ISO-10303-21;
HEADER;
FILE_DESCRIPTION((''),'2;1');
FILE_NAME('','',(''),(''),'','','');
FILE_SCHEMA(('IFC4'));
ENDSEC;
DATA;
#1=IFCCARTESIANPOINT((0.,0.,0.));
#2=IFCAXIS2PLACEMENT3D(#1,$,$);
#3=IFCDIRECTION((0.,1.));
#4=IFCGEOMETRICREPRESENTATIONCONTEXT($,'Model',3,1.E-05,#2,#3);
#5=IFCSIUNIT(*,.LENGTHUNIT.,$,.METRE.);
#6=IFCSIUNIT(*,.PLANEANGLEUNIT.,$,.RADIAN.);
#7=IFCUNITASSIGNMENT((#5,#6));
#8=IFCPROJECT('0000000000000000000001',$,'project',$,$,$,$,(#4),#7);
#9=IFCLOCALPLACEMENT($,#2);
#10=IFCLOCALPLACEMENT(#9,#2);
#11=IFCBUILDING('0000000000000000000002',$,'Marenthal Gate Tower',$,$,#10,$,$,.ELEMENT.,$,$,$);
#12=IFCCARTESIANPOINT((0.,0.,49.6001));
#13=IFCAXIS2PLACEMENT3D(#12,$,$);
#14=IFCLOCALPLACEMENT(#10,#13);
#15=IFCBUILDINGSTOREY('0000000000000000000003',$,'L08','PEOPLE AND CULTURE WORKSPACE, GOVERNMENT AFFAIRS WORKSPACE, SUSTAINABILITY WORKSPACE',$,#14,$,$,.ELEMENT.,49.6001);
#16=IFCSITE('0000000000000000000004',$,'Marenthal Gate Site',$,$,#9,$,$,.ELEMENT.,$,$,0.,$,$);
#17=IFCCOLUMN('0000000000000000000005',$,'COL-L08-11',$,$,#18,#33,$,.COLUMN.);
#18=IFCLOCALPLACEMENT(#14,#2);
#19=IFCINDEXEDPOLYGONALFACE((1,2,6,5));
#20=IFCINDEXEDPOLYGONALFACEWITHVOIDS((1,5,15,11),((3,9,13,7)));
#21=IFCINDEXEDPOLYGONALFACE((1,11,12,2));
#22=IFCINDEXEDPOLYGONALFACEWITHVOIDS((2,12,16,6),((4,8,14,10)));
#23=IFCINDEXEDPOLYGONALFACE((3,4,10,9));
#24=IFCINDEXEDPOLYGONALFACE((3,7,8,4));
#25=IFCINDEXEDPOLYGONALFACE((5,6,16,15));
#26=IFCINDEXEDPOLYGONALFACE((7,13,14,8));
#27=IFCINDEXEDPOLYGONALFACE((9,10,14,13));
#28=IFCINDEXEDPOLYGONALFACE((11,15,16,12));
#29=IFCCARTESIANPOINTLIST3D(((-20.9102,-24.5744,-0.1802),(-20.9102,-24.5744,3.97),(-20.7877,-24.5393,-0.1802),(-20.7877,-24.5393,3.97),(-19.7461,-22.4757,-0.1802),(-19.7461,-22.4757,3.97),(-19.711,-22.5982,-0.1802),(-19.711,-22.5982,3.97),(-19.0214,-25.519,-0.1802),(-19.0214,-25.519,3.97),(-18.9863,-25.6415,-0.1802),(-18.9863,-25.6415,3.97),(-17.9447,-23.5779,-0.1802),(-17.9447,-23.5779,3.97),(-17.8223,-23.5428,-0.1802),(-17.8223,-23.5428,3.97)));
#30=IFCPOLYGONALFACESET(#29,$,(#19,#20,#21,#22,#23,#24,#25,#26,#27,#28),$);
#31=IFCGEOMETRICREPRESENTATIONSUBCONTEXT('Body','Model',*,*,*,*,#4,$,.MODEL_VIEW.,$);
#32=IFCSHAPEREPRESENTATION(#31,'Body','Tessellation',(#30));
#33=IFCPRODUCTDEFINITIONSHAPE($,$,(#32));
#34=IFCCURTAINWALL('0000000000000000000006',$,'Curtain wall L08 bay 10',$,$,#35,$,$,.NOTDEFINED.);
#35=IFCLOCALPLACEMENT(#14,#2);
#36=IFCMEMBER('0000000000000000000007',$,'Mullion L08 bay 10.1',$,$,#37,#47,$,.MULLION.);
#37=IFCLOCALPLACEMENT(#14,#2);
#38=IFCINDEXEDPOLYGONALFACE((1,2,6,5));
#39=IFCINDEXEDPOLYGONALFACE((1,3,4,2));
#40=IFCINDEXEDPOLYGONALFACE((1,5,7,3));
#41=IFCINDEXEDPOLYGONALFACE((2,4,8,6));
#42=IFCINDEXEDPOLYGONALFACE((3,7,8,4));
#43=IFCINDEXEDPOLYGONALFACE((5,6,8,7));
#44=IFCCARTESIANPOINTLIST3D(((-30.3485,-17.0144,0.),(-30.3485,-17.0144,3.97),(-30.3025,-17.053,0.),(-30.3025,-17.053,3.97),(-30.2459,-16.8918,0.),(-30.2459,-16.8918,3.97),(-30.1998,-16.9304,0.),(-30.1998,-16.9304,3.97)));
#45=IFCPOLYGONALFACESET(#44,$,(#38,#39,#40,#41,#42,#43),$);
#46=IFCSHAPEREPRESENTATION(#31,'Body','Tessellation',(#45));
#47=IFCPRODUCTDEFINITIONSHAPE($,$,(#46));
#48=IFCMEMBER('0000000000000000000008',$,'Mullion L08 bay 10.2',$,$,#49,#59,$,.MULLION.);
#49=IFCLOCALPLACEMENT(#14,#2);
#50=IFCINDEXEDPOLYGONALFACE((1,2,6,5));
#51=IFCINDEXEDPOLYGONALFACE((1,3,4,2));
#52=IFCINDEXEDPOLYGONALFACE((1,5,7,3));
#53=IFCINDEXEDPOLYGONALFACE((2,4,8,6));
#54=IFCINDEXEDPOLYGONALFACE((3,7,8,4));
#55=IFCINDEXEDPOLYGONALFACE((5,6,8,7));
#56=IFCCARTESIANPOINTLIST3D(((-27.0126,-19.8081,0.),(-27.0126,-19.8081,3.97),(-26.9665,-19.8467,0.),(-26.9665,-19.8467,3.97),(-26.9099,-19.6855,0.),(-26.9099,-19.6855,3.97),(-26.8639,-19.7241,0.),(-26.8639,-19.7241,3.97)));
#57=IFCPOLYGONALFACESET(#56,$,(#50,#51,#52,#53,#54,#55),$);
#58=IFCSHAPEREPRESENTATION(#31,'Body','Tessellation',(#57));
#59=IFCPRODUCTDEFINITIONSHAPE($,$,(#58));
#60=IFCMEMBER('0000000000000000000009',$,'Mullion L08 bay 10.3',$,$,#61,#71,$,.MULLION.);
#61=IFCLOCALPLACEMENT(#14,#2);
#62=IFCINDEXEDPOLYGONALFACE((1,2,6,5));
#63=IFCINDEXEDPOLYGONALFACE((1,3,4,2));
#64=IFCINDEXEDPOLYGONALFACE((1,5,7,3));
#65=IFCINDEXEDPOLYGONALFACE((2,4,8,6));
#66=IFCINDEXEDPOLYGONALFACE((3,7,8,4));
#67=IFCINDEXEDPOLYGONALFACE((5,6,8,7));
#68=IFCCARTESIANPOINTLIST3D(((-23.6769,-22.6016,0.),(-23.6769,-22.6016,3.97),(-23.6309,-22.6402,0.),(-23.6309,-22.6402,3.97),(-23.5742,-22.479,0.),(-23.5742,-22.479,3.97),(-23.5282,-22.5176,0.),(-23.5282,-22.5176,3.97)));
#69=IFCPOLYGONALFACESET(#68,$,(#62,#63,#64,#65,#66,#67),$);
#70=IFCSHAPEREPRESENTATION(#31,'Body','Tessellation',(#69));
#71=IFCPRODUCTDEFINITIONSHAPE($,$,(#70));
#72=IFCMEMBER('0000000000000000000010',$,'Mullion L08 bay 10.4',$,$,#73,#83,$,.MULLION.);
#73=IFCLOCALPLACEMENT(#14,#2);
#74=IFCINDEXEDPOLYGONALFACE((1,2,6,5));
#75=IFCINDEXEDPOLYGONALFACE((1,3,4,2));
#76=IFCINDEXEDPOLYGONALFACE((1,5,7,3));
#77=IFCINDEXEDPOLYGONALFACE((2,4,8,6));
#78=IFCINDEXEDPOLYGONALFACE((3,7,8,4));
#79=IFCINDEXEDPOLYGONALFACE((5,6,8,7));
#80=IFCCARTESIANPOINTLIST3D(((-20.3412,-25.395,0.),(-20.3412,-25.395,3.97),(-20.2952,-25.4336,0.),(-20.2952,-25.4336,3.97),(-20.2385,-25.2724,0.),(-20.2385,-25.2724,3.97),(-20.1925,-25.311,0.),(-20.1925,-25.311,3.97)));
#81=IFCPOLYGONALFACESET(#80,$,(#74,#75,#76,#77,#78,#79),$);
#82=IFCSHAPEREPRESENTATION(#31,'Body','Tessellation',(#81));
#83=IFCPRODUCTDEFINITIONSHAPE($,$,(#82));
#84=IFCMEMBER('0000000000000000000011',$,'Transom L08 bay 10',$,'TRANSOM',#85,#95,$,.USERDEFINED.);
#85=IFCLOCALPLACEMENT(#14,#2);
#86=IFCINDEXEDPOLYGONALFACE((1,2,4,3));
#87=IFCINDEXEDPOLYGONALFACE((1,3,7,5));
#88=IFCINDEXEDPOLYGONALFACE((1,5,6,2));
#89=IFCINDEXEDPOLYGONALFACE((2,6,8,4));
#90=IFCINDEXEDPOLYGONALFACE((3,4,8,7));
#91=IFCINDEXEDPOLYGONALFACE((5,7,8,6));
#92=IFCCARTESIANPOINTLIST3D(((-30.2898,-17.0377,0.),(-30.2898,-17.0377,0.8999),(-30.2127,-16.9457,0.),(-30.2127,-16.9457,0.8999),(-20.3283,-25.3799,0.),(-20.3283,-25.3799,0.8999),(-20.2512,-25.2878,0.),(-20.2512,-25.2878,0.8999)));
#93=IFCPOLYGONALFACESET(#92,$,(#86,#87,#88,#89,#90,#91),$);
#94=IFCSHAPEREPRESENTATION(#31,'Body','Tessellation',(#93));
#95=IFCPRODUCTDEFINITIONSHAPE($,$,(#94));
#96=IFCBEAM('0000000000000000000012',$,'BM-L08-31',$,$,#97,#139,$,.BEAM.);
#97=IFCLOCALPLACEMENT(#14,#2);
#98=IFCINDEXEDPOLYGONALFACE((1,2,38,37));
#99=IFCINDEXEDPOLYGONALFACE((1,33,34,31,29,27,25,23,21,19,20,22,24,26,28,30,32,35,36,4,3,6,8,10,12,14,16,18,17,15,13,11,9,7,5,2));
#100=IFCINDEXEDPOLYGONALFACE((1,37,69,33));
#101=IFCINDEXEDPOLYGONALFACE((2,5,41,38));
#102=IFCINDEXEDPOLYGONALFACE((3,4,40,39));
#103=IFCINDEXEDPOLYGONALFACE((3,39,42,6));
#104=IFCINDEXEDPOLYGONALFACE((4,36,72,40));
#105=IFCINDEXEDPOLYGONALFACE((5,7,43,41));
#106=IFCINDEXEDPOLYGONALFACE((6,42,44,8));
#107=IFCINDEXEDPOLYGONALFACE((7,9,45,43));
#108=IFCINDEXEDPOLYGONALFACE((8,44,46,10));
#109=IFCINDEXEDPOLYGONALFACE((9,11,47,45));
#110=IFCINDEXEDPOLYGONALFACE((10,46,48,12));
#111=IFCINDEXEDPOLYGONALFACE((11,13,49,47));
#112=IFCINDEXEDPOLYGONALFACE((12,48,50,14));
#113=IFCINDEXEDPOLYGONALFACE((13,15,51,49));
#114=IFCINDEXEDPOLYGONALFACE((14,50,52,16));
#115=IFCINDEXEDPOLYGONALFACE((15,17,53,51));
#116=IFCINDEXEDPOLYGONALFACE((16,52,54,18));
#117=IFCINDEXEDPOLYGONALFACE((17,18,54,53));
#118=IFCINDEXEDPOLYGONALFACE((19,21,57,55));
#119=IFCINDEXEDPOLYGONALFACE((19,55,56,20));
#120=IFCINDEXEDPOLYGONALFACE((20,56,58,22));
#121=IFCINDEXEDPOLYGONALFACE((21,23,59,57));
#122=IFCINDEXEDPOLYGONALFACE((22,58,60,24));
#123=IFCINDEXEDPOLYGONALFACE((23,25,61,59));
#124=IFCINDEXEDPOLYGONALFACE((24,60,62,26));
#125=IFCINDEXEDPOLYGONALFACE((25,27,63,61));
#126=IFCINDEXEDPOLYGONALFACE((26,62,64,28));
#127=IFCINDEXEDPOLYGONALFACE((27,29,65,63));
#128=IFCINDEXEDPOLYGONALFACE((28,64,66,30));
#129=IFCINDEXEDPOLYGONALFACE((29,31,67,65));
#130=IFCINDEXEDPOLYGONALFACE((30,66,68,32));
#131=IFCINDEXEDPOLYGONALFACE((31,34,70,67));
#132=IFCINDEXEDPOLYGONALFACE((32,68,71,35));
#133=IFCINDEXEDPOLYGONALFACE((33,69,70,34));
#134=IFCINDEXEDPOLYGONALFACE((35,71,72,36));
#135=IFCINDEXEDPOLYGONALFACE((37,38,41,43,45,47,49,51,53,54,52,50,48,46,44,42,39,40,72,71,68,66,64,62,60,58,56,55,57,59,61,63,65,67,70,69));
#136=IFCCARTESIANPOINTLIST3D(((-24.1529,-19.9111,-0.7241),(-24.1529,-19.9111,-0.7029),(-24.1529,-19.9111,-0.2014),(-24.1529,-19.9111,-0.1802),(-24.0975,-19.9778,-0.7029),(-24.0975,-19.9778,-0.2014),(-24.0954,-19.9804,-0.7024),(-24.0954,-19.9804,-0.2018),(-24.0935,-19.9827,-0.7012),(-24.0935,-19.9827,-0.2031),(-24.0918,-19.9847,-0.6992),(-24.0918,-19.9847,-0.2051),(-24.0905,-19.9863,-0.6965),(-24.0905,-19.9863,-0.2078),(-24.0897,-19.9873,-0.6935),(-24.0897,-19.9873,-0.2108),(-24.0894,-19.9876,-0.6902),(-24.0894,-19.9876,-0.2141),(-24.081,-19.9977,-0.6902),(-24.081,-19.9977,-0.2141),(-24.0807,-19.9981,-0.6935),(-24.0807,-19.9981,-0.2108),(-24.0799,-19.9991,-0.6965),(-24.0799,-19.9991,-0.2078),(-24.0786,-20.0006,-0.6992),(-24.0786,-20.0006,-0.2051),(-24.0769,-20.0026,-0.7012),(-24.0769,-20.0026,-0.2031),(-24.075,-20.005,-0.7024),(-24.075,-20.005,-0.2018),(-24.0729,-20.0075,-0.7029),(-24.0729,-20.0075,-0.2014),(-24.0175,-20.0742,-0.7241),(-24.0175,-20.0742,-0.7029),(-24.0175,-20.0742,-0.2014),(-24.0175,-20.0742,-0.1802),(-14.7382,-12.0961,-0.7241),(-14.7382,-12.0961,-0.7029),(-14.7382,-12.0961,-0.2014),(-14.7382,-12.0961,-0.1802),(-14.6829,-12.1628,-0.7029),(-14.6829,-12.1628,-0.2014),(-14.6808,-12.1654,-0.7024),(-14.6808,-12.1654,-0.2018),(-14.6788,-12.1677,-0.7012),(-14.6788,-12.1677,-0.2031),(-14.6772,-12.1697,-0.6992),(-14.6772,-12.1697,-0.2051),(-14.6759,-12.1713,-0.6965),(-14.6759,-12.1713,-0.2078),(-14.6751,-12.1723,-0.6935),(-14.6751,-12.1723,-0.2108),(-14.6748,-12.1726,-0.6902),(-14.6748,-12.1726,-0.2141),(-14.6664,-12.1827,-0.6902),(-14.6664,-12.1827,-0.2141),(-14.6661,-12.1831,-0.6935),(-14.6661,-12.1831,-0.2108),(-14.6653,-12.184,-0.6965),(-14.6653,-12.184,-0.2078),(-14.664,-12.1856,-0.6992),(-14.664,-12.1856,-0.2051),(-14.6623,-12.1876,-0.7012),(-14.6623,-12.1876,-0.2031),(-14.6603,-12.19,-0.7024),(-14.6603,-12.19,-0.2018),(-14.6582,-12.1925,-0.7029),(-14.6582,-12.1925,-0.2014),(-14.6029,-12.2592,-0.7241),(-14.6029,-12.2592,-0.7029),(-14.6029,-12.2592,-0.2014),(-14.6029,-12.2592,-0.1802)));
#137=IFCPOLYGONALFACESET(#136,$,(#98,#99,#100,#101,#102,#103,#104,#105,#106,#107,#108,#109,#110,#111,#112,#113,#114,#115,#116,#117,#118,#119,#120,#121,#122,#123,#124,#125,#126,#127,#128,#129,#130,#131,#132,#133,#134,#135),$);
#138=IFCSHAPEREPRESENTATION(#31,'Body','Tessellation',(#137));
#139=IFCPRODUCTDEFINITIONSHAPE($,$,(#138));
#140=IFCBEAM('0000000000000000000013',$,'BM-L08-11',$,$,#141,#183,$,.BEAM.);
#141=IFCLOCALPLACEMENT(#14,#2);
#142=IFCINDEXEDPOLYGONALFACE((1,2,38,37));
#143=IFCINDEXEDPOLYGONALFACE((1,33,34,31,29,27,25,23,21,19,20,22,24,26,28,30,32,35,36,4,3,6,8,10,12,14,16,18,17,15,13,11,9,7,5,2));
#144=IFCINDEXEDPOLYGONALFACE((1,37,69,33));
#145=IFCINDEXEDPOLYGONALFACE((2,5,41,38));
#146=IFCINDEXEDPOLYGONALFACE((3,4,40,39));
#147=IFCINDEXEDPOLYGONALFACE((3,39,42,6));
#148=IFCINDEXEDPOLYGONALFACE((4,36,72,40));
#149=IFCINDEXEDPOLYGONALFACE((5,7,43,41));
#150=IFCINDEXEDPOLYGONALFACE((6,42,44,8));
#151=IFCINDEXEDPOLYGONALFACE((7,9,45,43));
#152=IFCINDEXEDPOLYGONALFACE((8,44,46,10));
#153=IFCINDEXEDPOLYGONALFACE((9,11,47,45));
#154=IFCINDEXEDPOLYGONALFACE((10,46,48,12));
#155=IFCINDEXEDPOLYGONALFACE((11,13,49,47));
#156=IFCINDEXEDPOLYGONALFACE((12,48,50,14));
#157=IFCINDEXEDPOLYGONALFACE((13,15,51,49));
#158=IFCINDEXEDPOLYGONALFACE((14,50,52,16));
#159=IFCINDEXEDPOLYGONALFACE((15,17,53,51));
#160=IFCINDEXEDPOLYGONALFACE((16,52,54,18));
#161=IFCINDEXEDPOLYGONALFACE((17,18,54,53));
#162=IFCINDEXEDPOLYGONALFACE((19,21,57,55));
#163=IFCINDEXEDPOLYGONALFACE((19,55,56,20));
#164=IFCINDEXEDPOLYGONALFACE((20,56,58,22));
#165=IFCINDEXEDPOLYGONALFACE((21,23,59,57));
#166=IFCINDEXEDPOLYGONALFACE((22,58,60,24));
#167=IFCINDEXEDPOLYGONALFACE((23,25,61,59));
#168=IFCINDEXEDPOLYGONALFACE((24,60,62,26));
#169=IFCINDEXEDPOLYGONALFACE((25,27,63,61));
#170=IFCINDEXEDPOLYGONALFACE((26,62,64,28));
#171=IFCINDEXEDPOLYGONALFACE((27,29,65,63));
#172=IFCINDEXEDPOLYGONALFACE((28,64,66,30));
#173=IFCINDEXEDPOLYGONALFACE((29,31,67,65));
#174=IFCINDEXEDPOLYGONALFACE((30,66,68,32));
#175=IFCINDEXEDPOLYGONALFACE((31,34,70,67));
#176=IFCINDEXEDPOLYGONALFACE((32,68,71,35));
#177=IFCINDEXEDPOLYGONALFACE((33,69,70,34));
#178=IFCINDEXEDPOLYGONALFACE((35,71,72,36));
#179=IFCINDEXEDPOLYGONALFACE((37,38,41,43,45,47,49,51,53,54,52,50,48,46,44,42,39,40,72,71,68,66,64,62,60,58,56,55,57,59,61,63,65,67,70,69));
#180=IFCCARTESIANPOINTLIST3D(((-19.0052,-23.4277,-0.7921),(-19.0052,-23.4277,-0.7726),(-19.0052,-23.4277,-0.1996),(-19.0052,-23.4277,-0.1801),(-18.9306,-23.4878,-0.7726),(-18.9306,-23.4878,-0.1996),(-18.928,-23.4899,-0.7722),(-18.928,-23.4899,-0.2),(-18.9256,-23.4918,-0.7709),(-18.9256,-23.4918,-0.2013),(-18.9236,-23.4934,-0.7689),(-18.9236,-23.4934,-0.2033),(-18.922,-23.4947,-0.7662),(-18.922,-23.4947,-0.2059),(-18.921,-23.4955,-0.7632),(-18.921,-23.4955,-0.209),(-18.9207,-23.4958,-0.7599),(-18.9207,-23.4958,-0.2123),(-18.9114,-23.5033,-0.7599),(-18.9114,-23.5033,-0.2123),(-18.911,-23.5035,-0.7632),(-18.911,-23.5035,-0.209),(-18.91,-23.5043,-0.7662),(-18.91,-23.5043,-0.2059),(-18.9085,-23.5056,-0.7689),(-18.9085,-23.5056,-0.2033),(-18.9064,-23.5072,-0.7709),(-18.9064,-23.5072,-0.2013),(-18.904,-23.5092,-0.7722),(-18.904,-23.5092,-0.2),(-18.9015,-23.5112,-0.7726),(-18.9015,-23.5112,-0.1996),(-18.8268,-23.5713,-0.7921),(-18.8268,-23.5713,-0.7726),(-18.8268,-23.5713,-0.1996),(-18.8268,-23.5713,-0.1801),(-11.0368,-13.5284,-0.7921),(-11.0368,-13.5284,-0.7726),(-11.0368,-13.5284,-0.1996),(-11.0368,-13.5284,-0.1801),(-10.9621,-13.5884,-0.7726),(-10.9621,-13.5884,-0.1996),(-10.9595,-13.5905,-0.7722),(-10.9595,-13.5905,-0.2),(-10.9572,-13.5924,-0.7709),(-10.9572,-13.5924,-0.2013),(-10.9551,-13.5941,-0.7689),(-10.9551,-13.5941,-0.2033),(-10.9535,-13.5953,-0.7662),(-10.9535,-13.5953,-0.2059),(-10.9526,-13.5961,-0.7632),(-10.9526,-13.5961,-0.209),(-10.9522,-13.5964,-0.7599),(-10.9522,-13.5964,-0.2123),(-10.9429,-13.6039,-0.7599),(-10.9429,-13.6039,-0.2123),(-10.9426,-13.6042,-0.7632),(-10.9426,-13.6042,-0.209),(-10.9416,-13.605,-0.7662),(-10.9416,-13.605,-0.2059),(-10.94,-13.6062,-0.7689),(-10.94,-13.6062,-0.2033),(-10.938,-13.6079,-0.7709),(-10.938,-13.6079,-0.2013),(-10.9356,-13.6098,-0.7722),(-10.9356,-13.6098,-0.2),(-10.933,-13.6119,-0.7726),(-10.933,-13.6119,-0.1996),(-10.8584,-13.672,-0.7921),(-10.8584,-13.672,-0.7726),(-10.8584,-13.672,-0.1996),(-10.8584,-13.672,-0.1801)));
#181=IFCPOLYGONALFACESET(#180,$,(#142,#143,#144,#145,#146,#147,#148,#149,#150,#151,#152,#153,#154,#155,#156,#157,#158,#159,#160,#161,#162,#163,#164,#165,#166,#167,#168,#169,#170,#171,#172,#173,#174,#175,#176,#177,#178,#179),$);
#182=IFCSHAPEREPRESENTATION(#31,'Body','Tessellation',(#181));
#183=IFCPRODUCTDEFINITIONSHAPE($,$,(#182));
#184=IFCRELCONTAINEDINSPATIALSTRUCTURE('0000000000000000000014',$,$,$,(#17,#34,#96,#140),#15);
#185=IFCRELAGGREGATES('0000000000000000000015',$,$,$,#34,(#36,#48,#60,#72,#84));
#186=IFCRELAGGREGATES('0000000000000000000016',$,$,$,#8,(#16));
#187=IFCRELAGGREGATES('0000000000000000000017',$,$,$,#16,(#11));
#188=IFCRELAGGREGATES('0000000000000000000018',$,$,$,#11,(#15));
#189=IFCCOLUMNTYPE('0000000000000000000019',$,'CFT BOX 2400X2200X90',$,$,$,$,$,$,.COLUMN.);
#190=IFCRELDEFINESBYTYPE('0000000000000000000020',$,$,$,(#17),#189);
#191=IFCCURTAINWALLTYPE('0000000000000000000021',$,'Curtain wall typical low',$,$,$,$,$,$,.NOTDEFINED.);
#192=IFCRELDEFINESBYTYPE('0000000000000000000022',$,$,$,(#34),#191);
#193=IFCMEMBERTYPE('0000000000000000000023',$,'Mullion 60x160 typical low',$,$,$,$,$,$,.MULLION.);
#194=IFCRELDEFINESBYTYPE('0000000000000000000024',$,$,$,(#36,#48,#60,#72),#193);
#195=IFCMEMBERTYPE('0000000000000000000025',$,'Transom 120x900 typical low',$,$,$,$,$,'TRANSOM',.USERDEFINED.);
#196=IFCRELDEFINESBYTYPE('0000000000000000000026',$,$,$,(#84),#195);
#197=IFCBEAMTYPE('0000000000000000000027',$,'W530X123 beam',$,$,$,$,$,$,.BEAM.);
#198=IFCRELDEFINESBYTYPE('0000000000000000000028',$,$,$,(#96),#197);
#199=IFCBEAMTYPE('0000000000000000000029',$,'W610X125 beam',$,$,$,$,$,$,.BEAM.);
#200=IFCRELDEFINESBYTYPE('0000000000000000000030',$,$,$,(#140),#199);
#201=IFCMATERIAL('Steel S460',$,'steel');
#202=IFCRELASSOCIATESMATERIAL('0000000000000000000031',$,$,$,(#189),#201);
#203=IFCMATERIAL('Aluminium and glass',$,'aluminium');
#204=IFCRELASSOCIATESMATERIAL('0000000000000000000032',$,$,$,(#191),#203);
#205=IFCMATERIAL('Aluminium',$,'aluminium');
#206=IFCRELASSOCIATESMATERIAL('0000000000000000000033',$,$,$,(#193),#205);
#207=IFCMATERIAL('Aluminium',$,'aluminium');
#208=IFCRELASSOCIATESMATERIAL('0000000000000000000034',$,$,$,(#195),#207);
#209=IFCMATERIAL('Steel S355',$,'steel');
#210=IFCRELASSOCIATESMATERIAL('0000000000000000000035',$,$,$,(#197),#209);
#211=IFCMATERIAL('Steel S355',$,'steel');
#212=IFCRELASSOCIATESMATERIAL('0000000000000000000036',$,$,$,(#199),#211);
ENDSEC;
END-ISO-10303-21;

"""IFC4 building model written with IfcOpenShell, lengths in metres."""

from ifc_helpers import new_model, si_unit, direction, frame, origin, origin_2d, place, context, subcontext, project, spatial, rectangle, hollow_rectangle, i_section, extrude, material, material_profile, profile_set, type_object, element, aggregate, save


model = new_model("IFC4")

# Units and contexts
model_context = context("Model", 3, precision=1e-05, world=origin(), true_north=direction((0.0, 1.0)))
body_context = subcontext(model_context, "Body", "Model", "MODEL_VIEW")
ifc_project = project(units=[si_unit("LENGTHUNIT", "METRE"), si_unit("PLANEANGLEUNIT", "RADIAN")], contexts=[model_context])

# Site, building, storey
site_placement = place(None, origin())
site = spatial("IfcSite", under=ifc_project, at=site_placement, Name="Marenthal Gate Site", CompositionType="ELEMENT", RefElevation=0.0)
building_placement = place(site_placement, origin())
building = spatial("IfcBuilding", under=site, at=building_placement, Name="Marenthal Gate Tower", CompositionType="ELEMENT")
storey_placement = place(building_placement, frame((0.0, 0.0, 49.6001)))
storey = spatial("IfcBuildingStorey", under=building, at=storey_placement, Name="L08", Description="PEOPLE AND CULTURE WORKSPACE, GOVERNMENT AFFAIRS WORKSPACE, SUSTAINABILITY WORKSPACE", CompositionType="ELEMENT", Elevation=49.6001)

# Column
ifc_material_1 = material(Name="Steel S460", Category="steel")
ifc_material_profile_1 = material_profile(ifc_material_1, hollow_rectangle(XDim=2.2, YDim=2.3999, WallThickness=0.0901, at=origin_2d()), Name="CFT BOX 2400X2200X90")
ifc_material_2 = material(Name="Concrete 70 MPa", Category="concrete")
ifc_material_profile_2 = material_profile(ifc_material_2, rectangle(XDim=2.02, YDim=2.22, at=origin_2d()), Name="CFT BOX 2400X2200X90 INFILL")
ifc_profile_set_1 = profile_set([ifc_material_profile_1, ifc_material_profile_2], Name="Steel S460 shell, Concrete 70 MPa infill")
column_type = type_object("IfcColumnType", Name="CFT BOX 2400X2200X90", PredefinedType="COLUMN", material=ifc_profile_set_1)
column_placement = place(storey_placement, frame((-19.3662, -24.0586, -0.1802), z_axis=(0.0, 0.0, 1.0), x_axis=(-0.874496, 0.485032, 0.0)))
element("IfcColumn", 1, at=column_placement, inside=storey, type_object=column_type, Name="COL-L08-11", PredefinedType="COLUMN", context=body_context, shape_type="SweptSolid", body=[
    extrude(hollow_rectangle(XDim=2.2, YDim=2.3999, WallThickness=0.0901, at=origin_2d()), origin(), (0.0, 0.0, 1.0), 4.1501),
])

# Curtain wall, members
ifc_material_3 = material(Name="Aluminium and glass", Category="aluminium")
curtain_wall_type = type_object("IfcCurtainWallType", Name="Curtain wall typical low", PredefinedType="NOTDEFINED", material=ifc_material_3)
curtain_wall_placement = place(storey_placement, origin())
curtain_wall = element("IfcCurtainWall", 2, at=curtain_wall_placement, inside=storey, type_object=curtain_wall_type, Name="Curtain wall L08 bay 10", PredefinedType="NOTDEFINED")
ifc_material_4 = material(Name="Aluminium", Category="aluminium")
ifc_material_profile_3 = material_profile(ifc_material_4, rectangle(XDim=0.1599, YDim=0.0601, at=origin_2d()), Name="60x160 aluminium mullion")
ifc_profile_set_2 = profile_set([ifc_material_profile_3], Name="Aluminium")
member_type_1 = type_object("IfcMemberType", Name="Mullion 60x160 typical low", PredefinedType="MULLION", material=ifc_profile_set_2)
member_1_placement = place(storey_placement, frame((-30.2742, -16.9724, 0.0), z_axis=(0.0, 0.0, 1.0), x_axis=(0.642047, 0.766665, 0.0)))
member_1 = element("IfcMember", 3, at=member_1_placement, type_object=member_type_1, Name="Mullion L08 bay 10.1", PredefinedType="MULLION", context=body_context, shape_type="SweptSolid", body=[
    extrude(rectangle(XDim=0.1599, YDim=0.0601, at=origin_2d()), origin(), (0.0, 0.0, 1.0), 3.97),
])
member_2_placement = place(storey_placement, frame((-26.9382, -19.7661, 0.0), z_axis=(0.0, 0.0, 1.0), x_axis=(0.642047, 0.766665, 0.0)))
member_2 = element("IfcMember", 4, at=member_2_placement, type_object=member_type_1, Name="Mullion L08 bay 10.2", PredefinedType="MULLION", context=body_context, shape_type="SweptSolid", body=[
    extrude(rectangle(XDim=0.1599, YDim=0.0601, at=origin_2d()), origin(), (0.0, 0.0, 1.0), 3.97),
])
member_3_placement = place(storey_placement, frame((-23.6025, -22.5596, 0.0), z_axis=(0.0, 0.0, 1.0), x_axis=(0.642047, 0.766665, 0.0)))
member_3 = element("IfcMember", 5, at=member_3_placement, type_object=member_type_1, Name="Mullion L08 bay 10.3", PredefinedType="MULLION", context=body_context, shape_type="SweptSolid", body=[
    extrude(rectangle(XDim=0.1599, YDim=0.0601, at=origin_2d()), origin(), (0.0, 0.0, 1.0), 3.97),
])
member_4_placement = place(storey_placement, frame((-20.2668, -25.353, 0.0), z_axis=(0.0, 0.0, 1.0), x_axis=(0.642047, 0.766665, 0.0)))
member_4 = element("IfcMember", 6, at=member_4_placement, type_object=member_type_1, Name="Mullion L08 bay 10.4", PredefinedType="MULLION", context=body_context, shape_type="SweptSolid", body=[
    extrude(rectangle(XDim=0.1599, YDim=0.0601, at=origin_2d()), origin(), (0.0, 0.0, 1.0), 3.97),
])
ifc_material_5 = material(Name="Aluminium", Category="aluminium")
ifc_material_profile_4 = material_profile(ifc_material_5, rectangle(XDim=0.1201, YDim=0.8999, at=origin_2d()), Name="120x900 aluminium transom")
ifc_profile_set_3 = profile_set([ifc_material_profile_4], Name="Aluminium")
member_type_2 = type_object("IfcMemberType", Name="Transom 120x900 typical low", ElementType="TRANSOM", PredefinedType="USERDEFINED", material=ifc_profile_set_3)
member_5_placement = place(storey_placement, frame((-30.2512, -16.9917, 0.45), z_axis=(0.766673, -0.642038, 0.0), x_axis=(0.642038, 0.766673, 0.0)))
member_5 = element("IfcMember", 7, at=member_5_placement, type_object=member_type_2, Name="Transom L08 bay 10", ObjectType="TRANSOM", PredefinedType="USERDEFINED", context=body_context, shape_type="SweptSolid", body=[
    extrude(rectangle(XDim=0.1201, YDim=0.8999, at=origin_2d()), origin(), (0.0, 0.0, 1.0), 12.9932),
])

# Beams
ifc_material_6 = material(Name="Steel S355", Category="steel")
ifc_material_profile_5 = material_profile(ifc_material_6, i_section(OverallWidth=0.2119, OverallDepth=0.5439, WebThickness=0.0132, FlangeThickness=0.0212, FilletRadius=0.0127, at=origin_2d()), Name="W530X123")
ifc_profile_set_4 = profile_set([ifc_material_profile_5], Name="Steel S355")
beam_type_1 = type_object("IfcBeamType", Name="W530X123 beam", PredefinedType="BEAM", material=ifc_profile_set_4)
beam_1_placement = place(storey_placement, frame((-24.0852, -19.9927, -0.4521), z_axis=(0.769447, 0.638711, 0.0), x_axis=(-0.638711, 0.769447, 0.0)))
element("IfcBeam", 8, at=beam_1_placement, inside=storey, type_object=beam_type_1, Name="BM-L08-31", PredefinedType="BEAM", context=body_context, shape_type="SweptSolid", body=[
    extrude(i_section(OverallWidth=0.2119, OverallDepth=0.5439, WebThickness=0.0132, FlangeThickness=0.0212, FilletRadius=0.0127, at=origin_2d()), origin(), (0.0, 0.0, 1.0), 12.2356),
])
ifc_material_7 = material(Name="Steel S355", Category="steel")
ifc_material_profile_6 = material_profile(ifc_material_7, i_section(OverallWidth=0.229, OverallDepth=0.6121, WebThickness=0.012, FlangeThickness=0.0195, FilletRadius=0.0127, at=origin_2d()), Name="W610X125")
ifc_profile_set_5 = profile_set([ifc_material_profile_6], Name="Steel S355")
beam_type_2 = type_object("IfcBeamType", Name="W610X125 beam", PredefinedType="BEAM", material=ifc_profile_set_5)
beam_2_placement = place(storey_placement, frame((-18.916, -23.4995, -0.4861), z_axis=(0.627042, 0.778985, 0.0), x_axis=(-0.778985, 0.627042, 0.0)))
element("IfcBeam", 9, at=beam_2_placement, inside=storey, type_object=beam_type_2, Name="BM-L08-11", PredefinedType="BEAM", context=body_context, shape_type="SweptSolid", body=[
    extrude(i_section(OverallWidth=0.229, OverallDepth=0.6121, WebThickness=0.012, FlangeThickness=0.0195, FilletRadius=0.0127, at=origin_2d()), origin(), (0.0, 0.0, 1.0), 12.708),
])

aggregate(curtain_wall, [member_1, member_2, member_3, member_4, member_5])

save(model, "model.ifc")
